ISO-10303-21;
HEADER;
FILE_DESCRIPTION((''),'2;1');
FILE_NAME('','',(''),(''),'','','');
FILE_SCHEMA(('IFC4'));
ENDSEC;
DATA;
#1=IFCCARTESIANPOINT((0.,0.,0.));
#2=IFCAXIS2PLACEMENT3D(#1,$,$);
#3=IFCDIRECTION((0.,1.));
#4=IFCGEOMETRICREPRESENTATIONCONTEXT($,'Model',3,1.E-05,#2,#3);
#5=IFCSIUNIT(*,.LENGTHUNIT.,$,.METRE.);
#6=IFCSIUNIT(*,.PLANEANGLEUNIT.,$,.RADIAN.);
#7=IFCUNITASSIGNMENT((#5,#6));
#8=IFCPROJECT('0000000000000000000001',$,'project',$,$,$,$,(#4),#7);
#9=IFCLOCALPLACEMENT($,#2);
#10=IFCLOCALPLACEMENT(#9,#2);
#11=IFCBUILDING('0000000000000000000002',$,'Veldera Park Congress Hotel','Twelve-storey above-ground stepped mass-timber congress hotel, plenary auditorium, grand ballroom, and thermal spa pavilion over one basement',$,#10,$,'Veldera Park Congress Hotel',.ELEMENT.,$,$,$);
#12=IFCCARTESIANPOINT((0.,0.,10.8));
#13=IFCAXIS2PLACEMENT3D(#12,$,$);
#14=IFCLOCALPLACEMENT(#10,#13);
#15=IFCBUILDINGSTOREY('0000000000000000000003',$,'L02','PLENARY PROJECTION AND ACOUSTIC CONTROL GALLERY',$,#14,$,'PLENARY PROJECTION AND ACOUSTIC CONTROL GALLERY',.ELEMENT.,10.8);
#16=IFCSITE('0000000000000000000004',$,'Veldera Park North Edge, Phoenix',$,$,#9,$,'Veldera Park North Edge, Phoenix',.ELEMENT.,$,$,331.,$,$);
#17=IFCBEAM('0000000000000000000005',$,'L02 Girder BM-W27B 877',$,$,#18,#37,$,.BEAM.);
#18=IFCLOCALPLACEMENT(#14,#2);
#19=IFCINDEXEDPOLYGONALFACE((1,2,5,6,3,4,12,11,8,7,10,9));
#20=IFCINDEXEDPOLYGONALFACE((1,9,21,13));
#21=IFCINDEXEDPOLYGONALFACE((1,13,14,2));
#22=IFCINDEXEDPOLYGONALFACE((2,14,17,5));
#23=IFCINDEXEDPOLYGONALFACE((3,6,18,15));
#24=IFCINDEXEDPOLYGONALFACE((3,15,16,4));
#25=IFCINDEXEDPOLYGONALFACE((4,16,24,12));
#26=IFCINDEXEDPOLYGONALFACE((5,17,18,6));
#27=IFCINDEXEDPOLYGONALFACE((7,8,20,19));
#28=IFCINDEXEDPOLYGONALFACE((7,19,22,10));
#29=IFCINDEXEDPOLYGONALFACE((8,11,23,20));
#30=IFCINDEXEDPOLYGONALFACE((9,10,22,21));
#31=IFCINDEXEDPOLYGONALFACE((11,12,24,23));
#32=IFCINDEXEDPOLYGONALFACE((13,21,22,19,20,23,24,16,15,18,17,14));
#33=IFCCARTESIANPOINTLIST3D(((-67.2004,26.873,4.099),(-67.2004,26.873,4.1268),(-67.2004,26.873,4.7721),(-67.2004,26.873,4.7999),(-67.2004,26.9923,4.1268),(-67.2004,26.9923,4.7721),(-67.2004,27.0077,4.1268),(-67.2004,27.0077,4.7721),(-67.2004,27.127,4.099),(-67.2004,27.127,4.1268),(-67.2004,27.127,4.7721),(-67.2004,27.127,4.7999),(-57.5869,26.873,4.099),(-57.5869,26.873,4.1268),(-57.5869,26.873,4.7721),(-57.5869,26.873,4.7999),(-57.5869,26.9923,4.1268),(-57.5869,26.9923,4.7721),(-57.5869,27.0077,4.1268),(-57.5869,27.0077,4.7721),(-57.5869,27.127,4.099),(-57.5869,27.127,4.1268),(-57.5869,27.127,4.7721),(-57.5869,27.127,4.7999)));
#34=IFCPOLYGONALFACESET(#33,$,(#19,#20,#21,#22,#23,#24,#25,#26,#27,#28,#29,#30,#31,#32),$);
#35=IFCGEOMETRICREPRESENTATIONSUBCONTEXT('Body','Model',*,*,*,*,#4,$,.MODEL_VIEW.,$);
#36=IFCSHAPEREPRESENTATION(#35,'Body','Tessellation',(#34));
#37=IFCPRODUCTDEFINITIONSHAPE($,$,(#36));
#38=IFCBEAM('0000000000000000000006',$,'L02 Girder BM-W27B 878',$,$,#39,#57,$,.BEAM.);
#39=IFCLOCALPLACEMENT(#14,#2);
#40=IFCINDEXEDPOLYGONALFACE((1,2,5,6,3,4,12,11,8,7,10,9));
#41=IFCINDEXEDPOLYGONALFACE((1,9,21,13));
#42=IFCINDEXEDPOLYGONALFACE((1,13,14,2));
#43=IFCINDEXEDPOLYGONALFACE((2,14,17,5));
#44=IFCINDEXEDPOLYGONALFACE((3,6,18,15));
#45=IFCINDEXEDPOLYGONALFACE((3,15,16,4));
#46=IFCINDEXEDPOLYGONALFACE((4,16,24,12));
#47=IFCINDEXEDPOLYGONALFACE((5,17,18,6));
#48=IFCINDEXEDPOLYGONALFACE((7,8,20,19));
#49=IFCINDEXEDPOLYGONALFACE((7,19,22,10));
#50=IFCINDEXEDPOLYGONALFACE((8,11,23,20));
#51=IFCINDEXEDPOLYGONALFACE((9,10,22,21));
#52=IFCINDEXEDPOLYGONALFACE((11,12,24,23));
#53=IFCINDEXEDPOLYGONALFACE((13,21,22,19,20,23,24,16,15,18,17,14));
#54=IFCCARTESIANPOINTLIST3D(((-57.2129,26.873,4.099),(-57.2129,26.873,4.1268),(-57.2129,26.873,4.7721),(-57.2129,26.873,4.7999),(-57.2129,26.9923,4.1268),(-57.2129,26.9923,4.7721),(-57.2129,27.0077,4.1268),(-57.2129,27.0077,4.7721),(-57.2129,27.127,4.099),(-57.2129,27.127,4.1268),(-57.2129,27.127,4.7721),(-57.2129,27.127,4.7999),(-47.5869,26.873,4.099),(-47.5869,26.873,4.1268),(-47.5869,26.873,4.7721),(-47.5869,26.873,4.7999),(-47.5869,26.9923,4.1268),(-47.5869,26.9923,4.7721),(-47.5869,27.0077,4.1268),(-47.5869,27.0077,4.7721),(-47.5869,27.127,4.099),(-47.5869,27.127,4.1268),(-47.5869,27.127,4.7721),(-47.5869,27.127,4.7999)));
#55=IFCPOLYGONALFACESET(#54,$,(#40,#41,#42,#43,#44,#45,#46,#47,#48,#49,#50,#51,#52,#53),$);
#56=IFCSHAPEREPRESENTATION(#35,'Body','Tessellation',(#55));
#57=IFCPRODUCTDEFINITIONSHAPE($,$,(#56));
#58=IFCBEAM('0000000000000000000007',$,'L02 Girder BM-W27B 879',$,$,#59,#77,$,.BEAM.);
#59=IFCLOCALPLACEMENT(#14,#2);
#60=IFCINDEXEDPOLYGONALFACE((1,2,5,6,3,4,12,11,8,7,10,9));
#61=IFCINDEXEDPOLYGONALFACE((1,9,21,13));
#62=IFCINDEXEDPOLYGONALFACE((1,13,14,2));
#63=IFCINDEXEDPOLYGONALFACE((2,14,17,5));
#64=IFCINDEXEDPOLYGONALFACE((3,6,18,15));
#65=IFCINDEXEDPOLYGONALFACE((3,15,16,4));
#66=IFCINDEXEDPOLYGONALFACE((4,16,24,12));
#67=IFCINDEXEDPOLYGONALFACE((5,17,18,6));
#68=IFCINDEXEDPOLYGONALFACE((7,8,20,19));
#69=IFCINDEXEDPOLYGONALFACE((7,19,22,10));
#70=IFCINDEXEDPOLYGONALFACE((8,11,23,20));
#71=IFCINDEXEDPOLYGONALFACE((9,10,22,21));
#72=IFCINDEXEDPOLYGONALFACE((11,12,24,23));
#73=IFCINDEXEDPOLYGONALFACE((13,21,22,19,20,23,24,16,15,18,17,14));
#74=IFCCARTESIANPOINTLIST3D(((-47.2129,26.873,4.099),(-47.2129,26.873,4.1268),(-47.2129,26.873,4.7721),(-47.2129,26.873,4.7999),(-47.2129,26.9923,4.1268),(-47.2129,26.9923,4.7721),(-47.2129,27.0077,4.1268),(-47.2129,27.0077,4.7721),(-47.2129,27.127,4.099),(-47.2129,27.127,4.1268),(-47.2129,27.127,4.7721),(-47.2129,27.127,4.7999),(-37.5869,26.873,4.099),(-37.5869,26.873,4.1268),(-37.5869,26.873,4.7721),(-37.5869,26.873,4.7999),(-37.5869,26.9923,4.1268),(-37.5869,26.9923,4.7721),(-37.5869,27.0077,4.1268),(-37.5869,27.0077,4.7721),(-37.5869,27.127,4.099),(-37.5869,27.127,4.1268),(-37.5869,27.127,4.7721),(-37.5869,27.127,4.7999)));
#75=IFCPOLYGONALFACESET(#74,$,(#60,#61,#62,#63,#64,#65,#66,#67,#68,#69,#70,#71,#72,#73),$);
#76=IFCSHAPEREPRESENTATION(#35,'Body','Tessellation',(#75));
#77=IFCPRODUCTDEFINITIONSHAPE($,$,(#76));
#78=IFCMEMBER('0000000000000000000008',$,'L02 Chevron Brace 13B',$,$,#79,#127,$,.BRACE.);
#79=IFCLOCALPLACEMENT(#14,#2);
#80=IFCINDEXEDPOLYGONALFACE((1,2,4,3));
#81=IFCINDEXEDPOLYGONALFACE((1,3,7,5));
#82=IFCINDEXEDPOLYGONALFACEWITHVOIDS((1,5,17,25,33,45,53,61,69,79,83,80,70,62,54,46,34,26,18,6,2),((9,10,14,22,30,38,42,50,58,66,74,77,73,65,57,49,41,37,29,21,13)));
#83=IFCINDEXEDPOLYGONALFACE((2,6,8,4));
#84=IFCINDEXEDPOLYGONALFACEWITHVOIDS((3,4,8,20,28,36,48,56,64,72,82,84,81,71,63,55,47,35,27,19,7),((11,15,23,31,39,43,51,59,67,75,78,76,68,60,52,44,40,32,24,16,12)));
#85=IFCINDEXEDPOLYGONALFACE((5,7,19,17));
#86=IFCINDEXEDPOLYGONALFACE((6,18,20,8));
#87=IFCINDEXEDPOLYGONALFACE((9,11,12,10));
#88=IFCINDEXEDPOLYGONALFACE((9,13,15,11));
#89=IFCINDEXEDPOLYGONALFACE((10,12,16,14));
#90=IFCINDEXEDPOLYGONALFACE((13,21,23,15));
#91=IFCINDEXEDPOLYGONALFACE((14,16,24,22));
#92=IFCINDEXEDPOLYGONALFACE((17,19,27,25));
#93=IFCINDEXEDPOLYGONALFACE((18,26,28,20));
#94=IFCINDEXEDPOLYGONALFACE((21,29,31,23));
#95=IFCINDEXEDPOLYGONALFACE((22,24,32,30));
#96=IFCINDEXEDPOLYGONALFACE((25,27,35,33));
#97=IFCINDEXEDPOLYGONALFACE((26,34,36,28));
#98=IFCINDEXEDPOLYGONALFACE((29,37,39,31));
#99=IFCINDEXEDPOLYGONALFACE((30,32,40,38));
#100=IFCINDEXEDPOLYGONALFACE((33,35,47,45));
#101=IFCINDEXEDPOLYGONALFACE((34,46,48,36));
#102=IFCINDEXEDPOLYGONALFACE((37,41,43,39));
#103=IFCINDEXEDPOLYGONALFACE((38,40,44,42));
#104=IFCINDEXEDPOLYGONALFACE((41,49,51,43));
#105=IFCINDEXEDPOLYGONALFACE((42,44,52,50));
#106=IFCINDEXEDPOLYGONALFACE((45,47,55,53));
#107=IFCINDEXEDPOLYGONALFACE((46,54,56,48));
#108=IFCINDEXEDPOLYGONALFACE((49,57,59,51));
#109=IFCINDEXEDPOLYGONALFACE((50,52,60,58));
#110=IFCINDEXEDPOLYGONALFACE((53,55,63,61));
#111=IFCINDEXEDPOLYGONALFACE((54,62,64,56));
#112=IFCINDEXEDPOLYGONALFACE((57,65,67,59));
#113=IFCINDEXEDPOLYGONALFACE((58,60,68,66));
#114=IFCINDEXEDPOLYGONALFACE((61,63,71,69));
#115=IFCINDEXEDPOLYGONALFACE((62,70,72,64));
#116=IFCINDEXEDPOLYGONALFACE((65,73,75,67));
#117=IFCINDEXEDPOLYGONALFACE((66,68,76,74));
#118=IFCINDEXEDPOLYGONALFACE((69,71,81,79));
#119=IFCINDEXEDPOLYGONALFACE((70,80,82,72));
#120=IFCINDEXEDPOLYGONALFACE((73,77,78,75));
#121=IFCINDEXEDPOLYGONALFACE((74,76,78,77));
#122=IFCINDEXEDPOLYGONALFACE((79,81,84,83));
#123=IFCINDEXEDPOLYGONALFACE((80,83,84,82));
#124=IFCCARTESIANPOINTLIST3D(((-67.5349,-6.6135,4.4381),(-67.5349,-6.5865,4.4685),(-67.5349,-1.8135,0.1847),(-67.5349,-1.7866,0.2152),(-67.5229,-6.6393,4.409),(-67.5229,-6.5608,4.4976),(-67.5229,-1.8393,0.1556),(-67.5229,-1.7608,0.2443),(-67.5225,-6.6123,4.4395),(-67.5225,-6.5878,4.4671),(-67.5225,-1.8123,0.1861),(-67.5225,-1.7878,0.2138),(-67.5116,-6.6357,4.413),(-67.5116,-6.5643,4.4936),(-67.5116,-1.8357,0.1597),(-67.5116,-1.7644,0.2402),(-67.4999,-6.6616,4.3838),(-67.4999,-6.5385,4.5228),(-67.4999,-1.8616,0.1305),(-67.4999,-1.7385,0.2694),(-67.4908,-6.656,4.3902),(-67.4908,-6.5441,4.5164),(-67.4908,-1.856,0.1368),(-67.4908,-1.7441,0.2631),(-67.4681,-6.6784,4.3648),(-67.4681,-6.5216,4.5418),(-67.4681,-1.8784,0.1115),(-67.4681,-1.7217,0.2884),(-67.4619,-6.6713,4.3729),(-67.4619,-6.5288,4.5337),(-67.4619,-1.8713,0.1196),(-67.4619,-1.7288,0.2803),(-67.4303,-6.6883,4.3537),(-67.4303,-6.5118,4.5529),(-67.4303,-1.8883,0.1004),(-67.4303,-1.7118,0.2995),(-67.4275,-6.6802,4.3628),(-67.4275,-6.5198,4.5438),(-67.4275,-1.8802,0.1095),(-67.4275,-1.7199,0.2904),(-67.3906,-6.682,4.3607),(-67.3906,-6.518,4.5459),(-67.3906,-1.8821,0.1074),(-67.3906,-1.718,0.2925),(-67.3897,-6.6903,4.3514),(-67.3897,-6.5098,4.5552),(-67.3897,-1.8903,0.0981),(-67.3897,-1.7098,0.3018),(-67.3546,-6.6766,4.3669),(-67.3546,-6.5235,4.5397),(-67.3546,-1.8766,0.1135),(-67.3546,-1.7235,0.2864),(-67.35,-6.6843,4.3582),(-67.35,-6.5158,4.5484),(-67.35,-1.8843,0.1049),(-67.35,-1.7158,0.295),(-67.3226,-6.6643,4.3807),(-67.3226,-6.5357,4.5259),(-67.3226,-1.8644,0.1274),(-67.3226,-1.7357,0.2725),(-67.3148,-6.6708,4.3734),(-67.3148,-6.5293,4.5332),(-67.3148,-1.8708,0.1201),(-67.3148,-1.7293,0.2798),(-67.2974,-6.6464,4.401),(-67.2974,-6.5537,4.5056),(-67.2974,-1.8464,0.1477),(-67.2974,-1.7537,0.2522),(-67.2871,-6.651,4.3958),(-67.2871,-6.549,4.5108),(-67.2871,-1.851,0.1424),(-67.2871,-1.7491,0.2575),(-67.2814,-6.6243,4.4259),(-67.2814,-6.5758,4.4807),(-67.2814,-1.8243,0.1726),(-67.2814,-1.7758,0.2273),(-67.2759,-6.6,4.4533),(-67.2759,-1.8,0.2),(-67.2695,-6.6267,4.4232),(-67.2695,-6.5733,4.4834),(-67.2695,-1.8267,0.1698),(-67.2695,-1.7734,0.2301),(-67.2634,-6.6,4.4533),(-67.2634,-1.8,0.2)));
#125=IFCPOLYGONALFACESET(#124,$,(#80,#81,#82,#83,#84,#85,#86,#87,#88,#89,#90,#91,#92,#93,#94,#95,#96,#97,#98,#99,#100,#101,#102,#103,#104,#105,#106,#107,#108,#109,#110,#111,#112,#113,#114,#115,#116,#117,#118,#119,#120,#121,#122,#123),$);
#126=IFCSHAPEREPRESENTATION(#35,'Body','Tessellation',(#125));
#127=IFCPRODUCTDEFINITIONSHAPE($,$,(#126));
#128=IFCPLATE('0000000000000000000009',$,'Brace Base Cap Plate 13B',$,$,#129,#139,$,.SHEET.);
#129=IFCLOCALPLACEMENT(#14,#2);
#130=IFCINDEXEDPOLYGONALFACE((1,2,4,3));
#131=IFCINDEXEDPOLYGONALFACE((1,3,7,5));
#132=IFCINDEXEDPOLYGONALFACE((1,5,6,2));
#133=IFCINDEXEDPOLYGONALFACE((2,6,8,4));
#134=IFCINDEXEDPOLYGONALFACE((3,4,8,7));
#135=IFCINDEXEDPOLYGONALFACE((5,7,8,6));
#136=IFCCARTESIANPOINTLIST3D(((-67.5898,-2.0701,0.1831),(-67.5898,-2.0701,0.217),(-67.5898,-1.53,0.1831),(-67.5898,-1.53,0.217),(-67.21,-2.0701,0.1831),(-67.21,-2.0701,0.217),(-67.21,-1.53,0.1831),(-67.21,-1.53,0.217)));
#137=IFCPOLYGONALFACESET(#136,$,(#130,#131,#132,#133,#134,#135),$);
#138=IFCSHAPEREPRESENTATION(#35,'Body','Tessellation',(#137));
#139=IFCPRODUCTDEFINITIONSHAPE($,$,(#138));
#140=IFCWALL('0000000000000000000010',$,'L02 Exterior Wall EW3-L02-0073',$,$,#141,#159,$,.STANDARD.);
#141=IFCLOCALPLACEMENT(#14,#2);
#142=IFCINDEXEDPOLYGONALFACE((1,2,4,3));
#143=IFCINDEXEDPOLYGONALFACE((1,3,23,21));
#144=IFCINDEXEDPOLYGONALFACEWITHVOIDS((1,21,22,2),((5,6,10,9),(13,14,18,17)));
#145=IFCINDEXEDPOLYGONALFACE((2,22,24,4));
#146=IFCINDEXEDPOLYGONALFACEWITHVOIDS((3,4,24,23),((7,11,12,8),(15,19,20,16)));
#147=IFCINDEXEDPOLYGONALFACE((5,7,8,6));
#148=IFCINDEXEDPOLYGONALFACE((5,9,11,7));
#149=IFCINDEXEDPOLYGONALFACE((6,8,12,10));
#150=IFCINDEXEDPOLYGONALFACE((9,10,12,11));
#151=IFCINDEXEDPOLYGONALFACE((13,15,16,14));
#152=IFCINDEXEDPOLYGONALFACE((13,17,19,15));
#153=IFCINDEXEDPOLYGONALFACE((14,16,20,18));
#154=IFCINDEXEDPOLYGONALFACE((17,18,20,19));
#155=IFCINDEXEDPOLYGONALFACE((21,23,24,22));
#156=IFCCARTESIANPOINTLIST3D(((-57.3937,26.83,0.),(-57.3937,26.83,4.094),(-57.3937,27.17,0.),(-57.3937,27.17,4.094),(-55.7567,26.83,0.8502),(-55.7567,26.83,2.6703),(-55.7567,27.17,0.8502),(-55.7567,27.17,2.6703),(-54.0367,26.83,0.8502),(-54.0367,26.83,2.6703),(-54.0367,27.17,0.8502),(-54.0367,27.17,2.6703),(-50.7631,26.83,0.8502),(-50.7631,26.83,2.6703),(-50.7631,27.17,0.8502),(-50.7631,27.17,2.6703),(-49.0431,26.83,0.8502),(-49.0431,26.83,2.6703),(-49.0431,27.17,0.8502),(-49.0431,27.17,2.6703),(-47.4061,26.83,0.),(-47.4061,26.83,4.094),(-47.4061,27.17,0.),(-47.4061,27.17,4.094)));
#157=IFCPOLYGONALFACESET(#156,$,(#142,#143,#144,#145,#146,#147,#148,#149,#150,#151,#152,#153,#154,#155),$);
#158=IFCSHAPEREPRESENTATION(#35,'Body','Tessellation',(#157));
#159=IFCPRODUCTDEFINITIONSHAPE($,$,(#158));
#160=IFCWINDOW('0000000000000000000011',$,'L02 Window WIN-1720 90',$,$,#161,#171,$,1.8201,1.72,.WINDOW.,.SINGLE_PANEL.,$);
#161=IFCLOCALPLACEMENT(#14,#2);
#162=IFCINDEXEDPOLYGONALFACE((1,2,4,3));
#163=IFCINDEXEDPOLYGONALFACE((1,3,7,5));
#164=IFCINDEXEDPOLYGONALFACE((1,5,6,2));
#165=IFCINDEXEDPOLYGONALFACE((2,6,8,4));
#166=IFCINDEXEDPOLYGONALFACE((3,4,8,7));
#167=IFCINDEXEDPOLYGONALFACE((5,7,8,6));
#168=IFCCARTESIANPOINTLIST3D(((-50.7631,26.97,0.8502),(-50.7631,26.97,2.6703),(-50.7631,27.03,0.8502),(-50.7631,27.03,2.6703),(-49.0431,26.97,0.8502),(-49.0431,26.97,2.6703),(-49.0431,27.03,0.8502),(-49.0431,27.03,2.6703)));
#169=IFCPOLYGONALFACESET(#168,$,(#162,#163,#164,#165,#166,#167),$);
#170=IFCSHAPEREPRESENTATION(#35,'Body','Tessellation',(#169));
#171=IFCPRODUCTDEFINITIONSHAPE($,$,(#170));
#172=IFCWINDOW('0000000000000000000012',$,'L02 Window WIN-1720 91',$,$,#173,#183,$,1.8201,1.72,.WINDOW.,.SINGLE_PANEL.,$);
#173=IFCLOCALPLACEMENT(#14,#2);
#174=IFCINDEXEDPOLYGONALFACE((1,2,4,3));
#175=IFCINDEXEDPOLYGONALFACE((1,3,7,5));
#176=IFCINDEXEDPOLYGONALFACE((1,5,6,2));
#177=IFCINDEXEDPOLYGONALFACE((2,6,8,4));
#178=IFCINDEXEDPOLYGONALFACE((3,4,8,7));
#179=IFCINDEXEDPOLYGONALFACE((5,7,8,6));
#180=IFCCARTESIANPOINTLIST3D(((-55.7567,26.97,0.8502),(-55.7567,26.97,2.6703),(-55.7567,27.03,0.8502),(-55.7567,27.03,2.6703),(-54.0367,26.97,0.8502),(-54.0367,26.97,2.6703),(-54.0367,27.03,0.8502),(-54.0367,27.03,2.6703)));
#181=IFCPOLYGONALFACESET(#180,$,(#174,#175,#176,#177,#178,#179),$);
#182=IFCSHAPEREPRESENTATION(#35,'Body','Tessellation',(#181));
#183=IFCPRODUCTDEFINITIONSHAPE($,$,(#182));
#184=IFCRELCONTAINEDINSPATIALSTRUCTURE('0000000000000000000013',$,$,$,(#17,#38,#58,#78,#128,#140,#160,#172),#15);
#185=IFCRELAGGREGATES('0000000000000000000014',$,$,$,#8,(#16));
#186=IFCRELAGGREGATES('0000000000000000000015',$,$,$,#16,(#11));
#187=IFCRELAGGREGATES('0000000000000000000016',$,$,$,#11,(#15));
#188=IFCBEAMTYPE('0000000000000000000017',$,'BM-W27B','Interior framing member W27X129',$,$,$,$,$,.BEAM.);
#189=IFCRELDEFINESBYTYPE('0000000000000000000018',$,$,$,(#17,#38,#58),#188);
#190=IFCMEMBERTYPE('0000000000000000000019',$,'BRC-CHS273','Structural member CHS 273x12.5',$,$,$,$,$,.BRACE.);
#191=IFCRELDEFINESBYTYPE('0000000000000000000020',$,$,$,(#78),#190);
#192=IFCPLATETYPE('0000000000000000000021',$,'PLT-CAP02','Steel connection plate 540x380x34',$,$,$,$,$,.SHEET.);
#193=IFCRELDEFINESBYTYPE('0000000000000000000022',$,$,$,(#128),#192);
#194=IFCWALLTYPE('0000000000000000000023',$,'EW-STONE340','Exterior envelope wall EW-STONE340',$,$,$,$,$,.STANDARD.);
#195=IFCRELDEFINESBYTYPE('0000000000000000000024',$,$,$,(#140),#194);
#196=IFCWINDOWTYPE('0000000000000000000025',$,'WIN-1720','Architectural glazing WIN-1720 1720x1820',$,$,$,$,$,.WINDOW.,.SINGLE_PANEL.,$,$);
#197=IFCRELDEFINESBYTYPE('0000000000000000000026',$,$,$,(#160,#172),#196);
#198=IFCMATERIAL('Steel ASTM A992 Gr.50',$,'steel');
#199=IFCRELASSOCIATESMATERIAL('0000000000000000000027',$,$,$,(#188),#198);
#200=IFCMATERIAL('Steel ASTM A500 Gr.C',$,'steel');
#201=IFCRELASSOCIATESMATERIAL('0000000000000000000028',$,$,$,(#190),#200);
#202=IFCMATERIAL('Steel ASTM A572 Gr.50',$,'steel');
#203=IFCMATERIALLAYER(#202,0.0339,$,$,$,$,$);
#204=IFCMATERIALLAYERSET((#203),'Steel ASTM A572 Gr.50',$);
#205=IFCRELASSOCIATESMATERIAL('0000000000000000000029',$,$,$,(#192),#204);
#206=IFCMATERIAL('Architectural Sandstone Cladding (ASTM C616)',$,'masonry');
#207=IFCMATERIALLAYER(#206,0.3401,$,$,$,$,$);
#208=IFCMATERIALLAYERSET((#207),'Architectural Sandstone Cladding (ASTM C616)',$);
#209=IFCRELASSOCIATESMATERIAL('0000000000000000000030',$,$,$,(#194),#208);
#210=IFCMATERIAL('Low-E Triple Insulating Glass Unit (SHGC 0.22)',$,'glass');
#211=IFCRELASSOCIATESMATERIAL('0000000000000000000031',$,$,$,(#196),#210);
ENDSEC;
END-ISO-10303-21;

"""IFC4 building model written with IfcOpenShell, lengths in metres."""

from ifc_helpers import new_model, si_unit, direction, frame, frame_2d, origin, origin_2d, place, context, subcontext, project, spatial, rectangle, hollow_circle, i_section, extrude, material, layer, layer_set, material_profile, profile_set, type_object, element, fill, save


model = new_model("IFC4")

# Units and contexts
model_context = context("Model", 3, precision=1e-05, world=origin(), true_north=direction((0.0, 1.0)))
body_context = subcontext(model_context, "Body", "Model", "MODEL_VIEW")
ifc_project = project(units=[si_unit("LENGTHUNIT", "METRE"), si_unit("PLANEANGLEUNIT", "RADIAN")], contexts=[model_context])

# Site, building, storey
site_placement = place(None, origin())
site = spatial("IfcSite", under=ifc_project, at=site_placement, Name="Veldera Park North Edge, Phoenix", LongName="Veldera Park North Edge, Phoenix", CompositionType="ELEMENT", RefElevation=331.0)
building_placement = place(site_placement, origin())
building = spatial("IfcBuilding", under=site, at=building_placement, Name="Veldera Park Congress Hotel", Description="Twelve-storey above-ground stepped mass-timber congress hotel, plenary auditorium, grand ballroom, and thermal spa pavilion over one basement", LongName="Veldera Park Congress Hotel", CompositionType="ELEMENT")
storey_placement = place(building_placement, frame((0.0, 0.0, 10.8)))
storey = spatial("IfcBuildingStorey", under=building, at=storey_placement, Name="L02", Description="PLENARY PROJECTION AND ACOUSTIC CONTROL GALLERY", LongName="PLENARY PROJECTION AND ACOUSTIC CONTROL GALLERY", CompositionType="ELEMENT", Elevation=10.8)

# Shared definitions
ifc_material_1 = material(Name="Steel ASTM A992 Gr.50", Category="steel")

# Beams
ifc_material_profile_1 = material_profile(ifc_material_1, i_section(OverallWidth=0.2539, OverallDepth=0.7009, WebThickness=0.0154, FlangeThickness=0.0278, at=origin_2d()), Name="W27X129")
ifc_profile_set_1 = profile_set([ifc_material_profile_1], Name="Steel ASTM A992 Gr.50")
beam_type_1 = type_object("IfcBeamType", Name="BM-W27B", Description="Interior framing member W27X129", PredefinedType="BEAM", material=ifc_profile_set_1)
beam_1_placement = place(storey_placement, frame((-67.2004, 27.0, 4.4495), z_axis=(1.0, 0.0, 0.0), x_axis=(0.0, 1.0, 0.0)))
element("IfcBeam", 1, at=beam_1_placement, inside=storey, type_object=beam_type_1, Name="L02 Girder BM-W27B 877", PredefinedType="BEAM", context=body_context, shape_type="SweptSolid", body=[
    extrude(i_section(OverallWidth=0.2539, OverallDepth=0.7009, WebThickness=0.0154, FlangeThickness=0.0278, at=origin_2d()), origin(), (0.0, 0.0, 1.0), 9.6135),
])
for number, where, z_axis, x_axis, name in (
    (2, (-57.2129, 27.0, 4.4495), (1.0, 0.0, 0.0), (0.0, 1.0, 0.0), "L02 Girder BM-W27B 878"),
    (3, (-47.2129, 27.0, 4.4495), (1.0, 0.0, 0.0), (0.0, 1.0, 0.0), "L02 Girder BM-W27B 879"),
):
    element("IfcBeam", number, at=place(storey_placement, frame(where, z_axis=z_axis, x_axis=x_axis)), inside=storey, type_object=beam_type_1, Name=name, PredefinedType="BEAM", context=body_context, shape_type="SweptSolid", body=[
        extrude(i_section(OverallWidth=0.2539, OverallDepth=0.7009, WebThickness=0.0154, FlangeThickness=0.0278, at=origin_2d()), origin(), (0.0, 0.0, 1.0), 9.626),
    ])

# Member
ifc_material_2 = material(Name="Steel ASTM A500 Gr.C", Category="steel")
ifc_material_profile_2 = material_profile(ifc_material_2, hollow_circle(Radius=0.1365, WallThickness=0.0125, at=origin_2d()), Name="CHS 273x12.5")
ifc_profile_set_2 = profile_set([ifc_material_profile_2], Name="Steel ASTM A500 Gr.C")
member_type = type_object("IfcMemberType", Name="BRC-CHS273", Description="Structural member CHS 273x12.5", PredefinedType="BRACE", material=ifc_profile_set_2)
member_placement = place(storey_placement, frame((-67.3999, -1.8, 0.2), z_axis=(0.0, -0.748438, 0.663205), x_axis=(1.0, 0.0, 0.0)))
element("IfcMember", 4, at=member_placement, inside=storey, type_object=member_type, Name="L02 Chevron Brace 13B", PredefinedType="BRACE", context=body_context, shape_type="SweptSolid", body=[
    extrude(hollow_circle(Radius=0.1365, WallThickness=0.0125, at=origin_2d()), origin(), (0.0, 0.0, 1.0), 6.4133),
])

# Plate
ifc_material_3 = material(Name="Steel ASTM A572 Gr.50", Category="steel")
ifc_layer_1 = layer(ifc_material_3, 0.0339)
ifc_layer_set_1 = layer_set([ifc_layer_1], Name="Steel ASTM A572 Gr.50")
plate_type = type_object("IfcPlateType", Name="PLT-CAP02", Description="Steel connection plate 540x380x34", PredefinedType="SHEET", material=ifc_layer_set_1)
plate_placement = place(storey_placement, frame((-67.3999, -1.8, 0.1831), z_axis=(0.0, 0.0, 1.0), x_axis=(0.0, 1.0, 0.0)))
element("IfcPlate", 5, at=plate_placement, inside=storey, type_object=plate_type, Name="Brace Base Cap Plate 13B", PredefinedType="SHEET", context=body_context, shape_type="SweptSolid", body=[
    extrude(rectangle(XDim=0.54, YDim=0.3799, at=origin_2d()), origin(), (0.0, 0.0, 1.0), 0.0339),
])

# Wall, openings, windows
ifc_material_4 = material(Name="Architectural Sandstone Cladding (ASTM C616)", Category="masonry")
ifc_layer_2 = layer(ifc_material_4, 0.3401)
ifc_layer_set_2 = layer_set([ifc_layer_2], Name="Architectural Sandstone Cladding (ASTM C616)")
wall_type_1 = type_object("IfcWallType", Name="EW-STONE340", Description="Exterior envelope wall EW-STONE340", PredefinedType="STANDARD", material=ifc_layer_set_2)
wall_1_placement = place(storey_placement, frame((-47.4062, 27.0, 0.0), z_axis=(0.0, 0.0, 1.0), x_axis=(-1.0, 0.0, 0.0)))
wall_1 = element("IfcWall", 6, at=wall_1_placement, inside=storey, type_object=wall_type_1, Name="L02 Exterior Wall EW3-L02-0073", PredefinedType="STANDARD", context=body_context, shape_type="SweptSolid", body=[
    extrude(rectangle(XDim=9.9875, YDim=0.3401, at=frame_2d((4.9937, 0.0))), origin(), (0.0, 0.0, 1.0), 4.094),
])
opening_1_placement = place(wall_1_placement, frame((1.637, 0.0, 0.8501)))
opening_1 = element("IfcOpeningElement", 7, at=opening_1_placement, cuts=wall_1, PredefinedType="OPENING", context=body_context, shape_type="SweptSolid", body=[
    extrude(rectangle(XDim=1.72, YDim=1.8201, at=frame_2d((0.8599, 0.9102))), frame((0.0, 0.1821, 0.0), z_axis=(0.0, -1.0, 0.0), x_axis=(1.0, 0.0, 0.0)), (0.0, 0.0, 1.0), 0.364),
])
opening_2_placement = place(wall_1_placement, frame((6.6306, 0.0, 0.8501)))
opening_2 = element("IfcOpeningElement", 8, at=opening_2_placement, cuts=wall_1, PredefinedType="OPENING", context=body_context, shape_type="SweptSolid", body=[
    extrude(rectangle(XDim=1.72, YDim=1.8201, at=frame_2d((0.8599, 0.9102))), frame((0.0, 0.1821, 0.0), z_axis=(0.0, -1.0, 0.0), x_axis=(1.0, 0.0, 0.0)), (0.0, 0.0, 1.0), 0.364),
])
ifc_material_5 = material(Name="Low-E Triple Insulating Glass Unit (SHGC 0.22)", Category="glass")
window_type = type_object("IfcWindowType", Name="WIN-1720", Description="Architectural glazing WIN-1720 1720x1820", PartitioningType="SINGLE_PANEL", PredefinedType="WINDOW", material=ifc_material_5)
window_1_placement = place(opening_1_placement, origin())
window_1 = element("IfcWindow", 9, at=window_1_placement, inside=storey, type_object=window_type, Name="L02 Window WIN-1720 90", OverallHeight=1.8201, OverallWidth=1.72, PartitioningType="SINGLE_PANEL", PredefinedType="WINDOW", context=body_context, shape_type="SweptSolid", body=[
    extrude(rectangle(XDim=1.72, YDim=1.8201, at=frame_2d((0.8599, 0.9102))), frame((0.0, 0.03, 0.0), z_axis=(0.0, -1.0, 0.0), x_axis=(1.0, 0.0, 0.0)), (0.0, 0.0, 1.0), 0.0601),
])
fill(opening_1, window_1)
window_2_placement = place(opening_2_placement, origin())
window_2 = element("IfcWindow", 10, at=window_2_placement, inside=storey, type_object=window_type, Name="L02 Window WIN-1720 91", OverallHeight=1.8201, OverallWidth=1.72, PartitioningType="SINGLE_PANEL", PredefinedType="WINDOW", context=body_context, shape_type="SweptSolid", body=[
    extrude(rectangle(XDim=1.72, YDim=1.8201, at=frame_2d((0.8599, 0.9102))), frame((0.0, 0.03, 0.0), z_axis=(0.0, -1.0, 0.0), x_axis=(1.0, 0.0, 0.0)), (0.0, 0.0, 1.0), 0.0601),
])
fill(opening_2, window_2)

save(model, "model.ifc")
